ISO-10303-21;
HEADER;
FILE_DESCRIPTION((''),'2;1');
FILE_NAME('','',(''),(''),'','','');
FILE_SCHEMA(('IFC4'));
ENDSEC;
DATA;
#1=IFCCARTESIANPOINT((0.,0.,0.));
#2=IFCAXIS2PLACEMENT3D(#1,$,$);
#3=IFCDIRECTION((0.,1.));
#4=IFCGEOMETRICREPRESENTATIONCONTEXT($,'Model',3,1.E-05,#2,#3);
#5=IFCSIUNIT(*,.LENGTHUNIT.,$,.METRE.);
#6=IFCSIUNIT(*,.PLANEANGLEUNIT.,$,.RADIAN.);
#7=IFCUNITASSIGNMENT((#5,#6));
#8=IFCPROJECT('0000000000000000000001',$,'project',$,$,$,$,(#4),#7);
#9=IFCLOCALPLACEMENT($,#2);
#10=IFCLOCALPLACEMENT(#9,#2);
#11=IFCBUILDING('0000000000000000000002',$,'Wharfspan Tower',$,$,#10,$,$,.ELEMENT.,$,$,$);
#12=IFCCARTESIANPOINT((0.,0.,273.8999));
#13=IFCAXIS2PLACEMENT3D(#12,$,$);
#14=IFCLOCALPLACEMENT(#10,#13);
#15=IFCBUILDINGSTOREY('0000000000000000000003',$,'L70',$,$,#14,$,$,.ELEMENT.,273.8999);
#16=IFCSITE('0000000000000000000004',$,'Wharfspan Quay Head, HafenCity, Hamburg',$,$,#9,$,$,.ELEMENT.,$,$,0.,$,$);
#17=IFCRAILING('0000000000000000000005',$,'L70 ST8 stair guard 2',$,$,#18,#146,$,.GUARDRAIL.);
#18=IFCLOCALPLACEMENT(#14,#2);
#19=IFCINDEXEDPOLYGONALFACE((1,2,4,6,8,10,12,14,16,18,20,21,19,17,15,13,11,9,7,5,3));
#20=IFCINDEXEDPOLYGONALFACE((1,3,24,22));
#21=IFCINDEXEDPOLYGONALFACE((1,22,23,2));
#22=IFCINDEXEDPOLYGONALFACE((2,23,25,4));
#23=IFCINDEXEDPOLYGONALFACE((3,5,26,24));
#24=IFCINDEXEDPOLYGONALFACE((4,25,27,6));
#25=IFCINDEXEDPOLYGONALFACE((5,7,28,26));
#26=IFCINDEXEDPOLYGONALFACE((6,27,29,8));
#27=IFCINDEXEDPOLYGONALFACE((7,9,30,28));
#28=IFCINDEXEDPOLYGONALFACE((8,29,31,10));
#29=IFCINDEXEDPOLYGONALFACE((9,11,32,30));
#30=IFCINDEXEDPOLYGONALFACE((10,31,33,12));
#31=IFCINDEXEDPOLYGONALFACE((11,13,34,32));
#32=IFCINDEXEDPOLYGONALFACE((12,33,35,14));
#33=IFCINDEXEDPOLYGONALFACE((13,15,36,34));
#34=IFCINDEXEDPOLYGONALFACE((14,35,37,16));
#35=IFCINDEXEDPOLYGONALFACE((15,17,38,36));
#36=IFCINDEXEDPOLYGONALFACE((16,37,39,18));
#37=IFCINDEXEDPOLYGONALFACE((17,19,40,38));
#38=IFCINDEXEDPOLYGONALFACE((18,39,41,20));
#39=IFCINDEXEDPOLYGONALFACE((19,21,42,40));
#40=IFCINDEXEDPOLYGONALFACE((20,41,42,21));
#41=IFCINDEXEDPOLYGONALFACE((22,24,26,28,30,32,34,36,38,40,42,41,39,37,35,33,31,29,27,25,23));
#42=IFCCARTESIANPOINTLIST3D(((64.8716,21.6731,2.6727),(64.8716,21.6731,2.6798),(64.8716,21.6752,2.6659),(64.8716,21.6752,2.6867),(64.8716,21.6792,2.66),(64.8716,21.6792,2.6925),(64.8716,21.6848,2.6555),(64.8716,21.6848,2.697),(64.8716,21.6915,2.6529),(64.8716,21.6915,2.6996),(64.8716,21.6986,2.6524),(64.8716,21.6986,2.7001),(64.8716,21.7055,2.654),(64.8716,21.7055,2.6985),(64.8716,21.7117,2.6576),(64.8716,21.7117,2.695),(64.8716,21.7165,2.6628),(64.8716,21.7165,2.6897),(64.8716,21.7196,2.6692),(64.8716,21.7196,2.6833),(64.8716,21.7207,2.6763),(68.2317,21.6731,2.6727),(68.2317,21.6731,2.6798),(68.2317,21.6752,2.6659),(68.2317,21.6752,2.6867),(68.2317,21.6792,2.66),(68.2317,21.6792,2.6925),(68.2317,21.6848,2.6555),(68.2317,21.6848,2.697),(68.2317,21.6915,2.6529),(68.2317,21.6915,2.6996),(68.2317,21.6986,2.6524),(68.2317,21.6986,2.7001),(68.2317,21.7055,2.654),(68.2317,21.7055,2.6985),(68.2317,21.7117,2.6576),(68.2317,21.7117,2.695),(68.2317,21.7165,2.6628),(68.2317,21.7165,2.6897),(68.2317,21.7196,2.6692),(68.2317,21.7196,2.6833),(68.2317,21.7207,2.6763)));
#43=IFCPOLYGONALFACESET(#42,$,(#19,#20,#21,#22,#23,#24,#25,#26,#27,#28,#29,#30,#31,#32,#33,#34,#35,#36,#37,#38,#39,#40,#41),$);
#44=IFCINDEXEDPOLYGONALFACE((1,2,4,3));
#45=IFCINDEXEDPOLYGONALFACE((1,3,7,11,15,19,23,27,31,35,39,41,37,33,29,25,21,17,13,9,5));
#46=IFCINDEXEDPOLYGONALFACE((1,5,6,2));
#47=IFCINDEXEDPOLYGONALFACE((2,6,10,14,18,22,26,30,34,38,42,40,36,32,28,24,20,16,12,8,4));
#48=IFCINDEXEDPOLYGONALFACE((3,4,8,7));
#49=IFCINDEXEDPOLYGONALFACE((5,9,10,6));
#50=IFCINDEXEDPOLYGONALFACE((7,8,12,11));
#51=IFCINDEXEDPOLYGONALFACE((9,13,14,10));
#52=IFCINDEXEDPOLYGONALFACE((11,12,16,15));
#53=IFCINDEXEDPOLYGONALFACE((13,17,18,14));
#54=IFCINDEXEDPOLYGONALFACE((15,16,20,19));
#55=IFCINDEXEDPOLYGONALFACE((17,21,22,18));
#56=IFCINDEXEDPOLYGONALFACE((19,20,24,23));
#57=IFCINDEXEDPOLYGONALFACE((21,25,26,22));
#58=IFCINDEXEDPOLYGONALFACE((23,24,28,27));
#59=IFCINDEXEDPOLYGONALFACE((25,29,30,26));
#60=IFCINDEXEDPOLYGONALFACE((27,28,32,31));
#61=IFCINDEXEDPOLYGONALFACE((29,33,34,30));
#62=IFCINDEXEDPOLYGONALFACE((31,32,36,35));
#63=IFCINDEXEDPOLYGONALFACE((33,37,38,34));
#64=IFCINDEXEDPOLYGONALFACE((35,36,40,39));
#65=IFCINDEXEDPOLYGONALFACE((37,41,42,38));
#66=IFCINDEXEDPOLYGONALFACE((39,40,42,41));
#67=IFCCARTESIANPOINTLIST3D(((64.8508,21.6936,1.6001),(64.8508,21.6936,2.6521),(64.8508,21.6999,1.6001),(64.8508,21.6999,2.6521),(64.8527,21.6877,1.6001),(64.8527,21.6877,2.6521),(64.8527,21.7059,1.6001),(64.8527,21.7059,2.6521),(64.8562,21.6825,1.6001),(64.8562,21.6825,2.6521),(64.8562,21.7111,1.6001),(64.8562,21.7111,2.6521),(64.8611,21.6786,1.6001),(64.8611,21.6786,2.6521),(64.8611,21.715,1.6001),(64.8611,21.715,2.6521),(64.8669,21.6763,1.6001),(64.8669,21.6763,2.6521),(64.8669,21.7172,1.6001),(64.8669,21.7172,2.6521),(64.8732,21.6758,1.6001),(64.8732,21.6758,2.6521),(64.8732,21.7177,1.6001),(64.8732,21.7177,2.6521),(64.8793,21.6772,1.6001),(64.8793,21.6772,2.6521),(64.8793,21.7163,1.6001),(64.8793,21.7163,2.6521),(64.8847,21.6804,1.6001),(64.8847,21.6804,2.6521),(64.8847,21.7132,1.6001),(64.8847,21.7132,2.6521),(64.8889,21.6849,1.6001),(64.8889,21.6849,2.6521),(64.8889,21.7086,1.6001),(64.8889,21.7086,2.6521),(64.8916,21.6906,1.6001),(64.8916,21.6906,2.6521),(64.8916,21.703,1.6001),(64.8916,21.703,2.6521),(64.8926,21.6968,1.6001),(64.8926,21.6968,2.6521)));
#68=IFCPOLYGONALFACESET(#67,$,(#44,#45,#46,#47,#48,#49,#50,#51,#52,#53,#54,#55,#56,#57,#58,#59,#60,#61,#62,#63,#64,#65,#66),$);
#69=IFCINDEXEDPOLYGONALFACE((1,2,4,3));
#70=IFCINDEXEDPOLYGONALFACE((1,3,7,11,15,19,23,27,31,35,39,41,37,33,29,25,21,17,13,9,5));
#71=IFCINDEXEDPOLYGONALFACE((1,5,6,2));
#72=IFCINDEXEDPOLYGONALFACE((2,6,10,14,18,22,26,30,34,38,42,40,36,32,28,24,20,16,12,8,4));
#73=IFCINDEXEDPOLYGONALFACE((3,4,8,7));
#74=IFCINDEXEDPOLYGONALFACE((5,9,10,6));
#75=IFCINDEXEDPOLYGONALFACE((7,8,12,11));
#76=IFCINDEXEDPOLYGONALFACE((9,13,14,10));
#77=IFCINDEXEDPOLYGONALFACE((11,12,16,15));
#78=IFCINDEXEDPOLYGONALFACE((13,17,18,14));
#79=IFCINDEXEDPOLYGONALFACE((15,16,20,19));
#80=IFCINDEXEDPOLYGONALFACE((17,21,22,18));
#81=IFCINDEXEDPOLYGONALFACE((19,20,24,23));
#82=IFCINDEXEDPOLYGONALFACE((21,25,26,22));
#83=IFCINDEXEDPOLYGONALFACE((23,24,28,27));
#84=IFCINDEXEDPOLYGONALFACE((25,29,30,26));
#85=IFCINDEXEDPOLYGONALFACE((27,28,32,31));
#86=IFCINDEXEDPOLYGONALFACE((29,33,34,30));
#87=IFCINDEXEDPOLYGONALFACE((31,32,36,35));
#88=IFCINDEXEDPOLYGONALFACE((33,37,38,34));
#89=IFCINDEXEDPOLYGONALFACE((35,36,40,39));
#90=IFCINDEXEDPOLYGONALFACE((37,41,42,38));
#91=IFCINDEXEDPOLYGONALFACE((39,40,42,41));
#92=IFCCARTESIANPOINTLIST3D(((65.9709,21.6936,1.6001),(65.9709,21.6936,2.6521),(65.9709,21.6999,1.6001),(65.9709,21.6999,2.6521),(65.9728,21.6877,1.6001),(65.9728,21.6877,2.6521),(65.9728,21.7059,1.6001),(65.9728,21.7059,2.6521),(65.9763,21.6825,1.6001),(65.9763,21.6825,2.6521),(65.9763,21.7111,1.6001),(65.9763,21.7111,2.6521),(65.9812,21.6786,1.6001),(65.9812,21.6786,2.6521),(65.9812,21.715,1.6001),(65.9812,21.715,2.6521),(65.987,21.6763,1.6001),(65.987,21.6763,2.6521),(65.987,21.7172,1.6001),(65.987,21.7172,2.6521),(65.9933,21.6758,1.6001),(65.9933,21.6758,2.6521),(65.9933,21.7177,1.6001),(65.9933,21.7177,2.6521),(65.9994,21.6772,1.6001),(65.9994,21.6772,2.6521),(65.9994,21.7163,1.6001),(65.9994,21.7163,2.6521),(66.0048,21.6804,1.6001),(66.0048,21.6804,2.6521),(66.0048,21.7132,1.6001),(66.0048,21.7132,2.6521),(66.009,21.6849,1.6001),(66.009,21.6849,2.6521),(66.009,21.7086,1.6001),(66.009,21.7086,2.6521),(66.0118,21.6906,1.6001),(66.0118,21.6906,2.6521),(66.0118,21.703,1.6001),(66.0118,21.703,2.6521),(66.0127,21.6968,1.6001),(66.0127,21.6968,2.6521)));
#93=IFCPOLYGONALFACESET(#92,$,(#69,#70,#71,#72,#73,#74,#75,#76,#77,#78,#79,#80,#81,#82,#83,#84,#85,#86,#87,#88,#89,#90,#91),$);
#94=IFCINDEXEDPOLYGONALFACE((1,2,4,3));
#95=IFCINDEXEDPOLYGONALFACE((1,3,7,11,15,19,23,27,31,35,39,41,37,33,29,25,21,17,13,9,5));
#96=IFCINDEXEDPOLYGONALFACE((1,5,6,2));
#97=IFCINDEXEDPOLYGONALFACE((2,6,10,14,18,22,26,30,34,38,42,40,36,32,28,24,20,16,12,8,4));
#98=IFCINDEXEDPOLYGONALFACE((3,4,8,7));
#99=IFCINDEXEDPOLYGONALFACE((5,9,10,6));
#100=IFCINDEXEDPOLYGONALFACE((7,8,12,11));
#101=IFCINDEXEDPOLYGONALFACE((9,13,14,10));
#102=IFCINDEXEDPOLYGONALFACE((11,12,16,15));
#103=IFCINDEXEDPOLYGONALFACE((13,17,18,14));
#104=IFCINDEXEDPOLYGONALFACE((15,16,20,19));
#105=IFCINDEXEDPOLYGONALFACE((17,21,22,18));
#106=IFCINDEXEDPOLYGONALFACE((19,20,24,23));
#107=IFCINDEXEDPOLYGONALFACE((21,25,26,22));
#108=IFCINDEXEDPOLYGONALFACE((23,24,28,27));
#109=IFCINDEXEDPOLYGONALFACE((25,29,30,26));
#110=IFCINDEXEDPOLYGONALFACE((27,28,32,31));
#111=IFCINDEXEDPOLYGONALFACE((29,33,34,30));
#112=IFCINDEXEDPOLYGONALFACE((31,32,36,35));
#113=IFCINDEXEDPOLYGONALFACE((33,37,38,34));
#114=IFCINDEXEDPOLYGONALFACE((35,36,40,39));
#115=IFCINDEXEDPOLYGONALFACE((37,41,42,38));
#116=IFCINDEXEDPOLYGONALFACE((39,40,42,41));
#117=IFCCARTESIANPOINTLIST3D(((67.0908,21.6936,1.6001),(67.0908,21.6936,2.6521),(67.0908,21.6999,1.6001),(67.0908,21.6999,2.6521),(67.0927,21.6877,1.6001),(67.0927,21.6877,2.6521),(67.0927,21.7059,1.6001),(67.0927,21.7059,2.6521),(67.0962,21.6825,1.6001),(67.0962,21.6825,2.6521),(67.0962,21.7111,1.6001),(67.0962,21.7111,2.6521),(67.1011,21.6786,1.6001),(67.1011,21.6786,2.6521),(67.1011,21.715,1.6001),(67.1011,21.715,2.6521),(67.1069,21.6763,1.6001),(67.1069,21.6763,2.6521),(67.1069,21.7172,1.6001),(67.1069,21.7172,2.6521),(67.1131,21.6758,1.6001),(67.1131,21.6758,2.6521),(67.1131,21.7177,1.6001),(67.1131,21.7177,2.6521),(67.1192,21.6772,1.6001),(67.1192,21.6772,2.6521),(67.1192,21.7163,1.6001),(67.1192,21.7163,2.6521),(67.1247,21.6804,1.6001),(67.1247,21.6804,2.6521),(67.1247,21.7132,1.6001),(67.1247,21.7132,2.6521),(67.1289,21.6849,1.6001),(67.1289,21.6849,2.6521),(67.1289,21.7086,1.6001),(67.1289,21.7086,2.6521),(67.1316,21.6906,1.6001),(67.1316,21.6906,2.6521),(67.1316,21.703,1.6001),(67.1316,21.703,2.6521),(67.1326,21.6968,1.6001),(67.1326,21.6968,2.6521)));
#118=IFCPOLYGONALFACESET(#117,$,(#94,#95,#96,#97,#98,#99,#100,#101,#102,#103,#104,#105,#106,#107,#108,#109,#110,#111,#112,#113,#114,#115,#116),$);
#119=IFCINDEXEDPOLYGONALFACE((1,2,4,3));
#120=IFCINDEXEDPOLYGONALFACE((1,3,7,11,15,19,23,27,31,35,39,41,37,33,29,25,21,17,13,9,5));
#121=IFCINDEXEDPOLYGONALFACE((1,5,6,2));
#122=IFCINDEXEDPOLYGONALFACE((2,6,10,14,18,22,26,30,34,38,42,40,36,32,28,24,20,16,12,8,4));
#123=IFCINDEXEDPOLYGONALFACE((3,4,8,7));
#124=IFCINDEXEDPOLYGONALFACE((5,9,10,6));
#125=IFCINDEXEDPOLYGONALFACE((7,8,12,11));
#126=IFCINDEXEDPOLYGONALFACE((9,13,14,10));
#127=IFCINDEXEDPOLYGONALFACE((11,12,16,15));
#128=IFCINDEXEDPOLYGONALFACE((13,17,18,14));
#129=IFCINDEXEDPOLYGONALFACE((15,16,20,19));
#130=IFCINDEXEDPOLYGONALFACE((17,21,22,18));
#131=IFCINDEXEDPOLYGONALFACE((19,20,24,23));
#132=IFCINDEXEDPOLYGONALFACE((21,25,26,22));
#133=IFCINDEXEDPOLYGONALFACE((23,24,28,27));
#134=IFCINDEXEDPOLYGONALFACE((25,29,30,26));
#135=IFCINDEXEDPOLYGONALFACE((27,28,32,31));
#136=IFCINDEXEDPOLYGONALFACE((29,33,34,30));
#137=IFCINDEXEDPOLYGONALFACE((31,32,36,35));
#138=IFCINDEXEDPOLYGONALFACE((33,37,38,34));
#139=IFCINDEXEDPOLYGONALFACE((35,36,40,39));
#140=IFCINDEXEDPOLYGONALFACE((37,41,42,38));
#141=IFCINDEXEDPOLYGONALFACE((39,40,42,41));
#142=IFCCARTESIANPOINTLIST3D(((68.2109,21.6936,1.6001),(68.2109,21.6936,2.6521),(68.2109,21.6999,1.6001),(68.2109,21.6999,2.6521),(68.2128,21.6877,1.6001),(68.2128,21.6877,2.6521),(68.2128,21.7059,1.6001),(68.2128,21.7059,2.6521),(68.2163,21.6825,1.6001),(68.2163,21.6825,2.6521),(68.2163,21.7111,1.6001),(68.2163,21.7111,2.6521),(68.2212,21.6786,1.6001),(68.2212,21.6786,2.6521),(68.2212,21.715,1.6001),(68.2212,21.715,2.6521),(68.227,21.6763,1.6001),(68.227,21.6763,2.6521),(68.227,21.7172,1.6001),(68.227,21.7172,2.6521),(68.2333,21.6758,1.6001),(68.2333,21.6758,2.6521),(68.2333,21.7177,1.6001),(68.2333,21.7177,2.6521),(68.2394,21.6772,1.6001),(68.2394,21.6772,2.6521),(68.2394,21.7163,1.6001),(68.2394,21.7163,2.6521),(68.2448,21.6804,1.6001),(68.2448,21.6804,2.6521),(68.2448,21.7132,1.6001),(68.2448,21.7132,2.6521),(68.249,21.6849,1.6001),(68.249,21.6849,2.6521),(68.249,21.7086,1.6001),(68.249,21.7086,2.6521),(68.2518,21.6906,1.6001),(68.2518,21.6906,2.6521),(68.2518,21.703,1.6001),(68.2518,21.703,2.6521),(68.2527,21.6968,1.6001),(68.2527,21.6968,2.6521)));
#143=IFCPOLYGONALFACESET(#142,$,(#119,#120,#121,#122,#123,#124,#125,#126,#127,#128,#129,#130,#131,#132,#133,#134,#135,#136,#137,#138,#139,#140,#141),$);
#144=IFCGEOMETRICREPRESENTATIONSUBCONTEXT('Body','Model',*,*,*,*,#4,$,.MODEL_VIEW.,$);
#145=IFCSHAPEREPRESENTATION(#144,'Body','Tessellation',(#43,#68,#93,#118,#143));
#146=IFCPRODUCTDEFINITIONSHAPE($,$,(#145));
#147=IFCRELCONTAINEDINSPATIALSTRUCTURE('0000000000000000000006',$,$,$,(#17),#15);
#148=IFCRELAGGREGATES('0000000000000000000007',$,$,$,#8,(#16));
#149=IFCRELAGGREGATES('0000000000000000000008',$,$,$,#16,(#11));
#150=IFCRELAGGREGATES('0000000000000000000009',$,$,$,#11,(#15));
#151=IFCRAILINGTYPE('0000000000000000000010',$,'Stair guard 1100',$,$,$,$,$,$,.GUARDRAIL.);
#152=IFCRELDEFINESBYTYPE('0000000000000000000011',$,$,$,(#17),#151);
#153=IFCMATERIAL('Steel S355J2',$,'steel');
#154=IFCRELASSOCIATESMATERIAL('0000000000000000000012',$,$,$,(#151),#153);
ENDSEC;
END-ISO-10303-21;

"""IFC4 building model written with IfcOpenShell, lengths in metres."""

from ifc_helpers import new_model, si_unit, direction, frame, origin, origin_2d, place, context, subcontext, project, spatial, circle, extrude, material, type_object, element, save


model = new_model("IFC4")

# Units and contexts
model_context = context("Model", 3, precision=1e-05, world=origin(), true_north=direction((0.0, 1.0)))
body_context = subcontext(model_context, "Body", "Model", "MODEL_VIEW")
ifc_project = project(units=[si_unit("LENGTHUNIT", "METRE"), si_unit("PLANEANGLEUNIT", "RADIAN")], contexts=[model_context])

# Site, building, storey
site_placement = place(None, origin())
site = spatial("IfcSite", under=ifc_project, at=site_placement, Name="Wharfspan Quay Head, HafenCity, Hamburg", CompositionType="ELEMENT", RefElevation=0.0)
building_placement = place(site_placement, origin())
building = spatial("IfcBuilding", under=site, at=building_placement, Name="Wharfspan Tower", CompositionType="ELEMENT")
storey_placement = place(building_placement, frame((0.0, 0.0, 273.8999)))
storey = spatial("IfcBuildingStorey", under=building, at=storey_placement, Name="L70", CompositionType="ELEMENT", Elevation=273.8999)

# Shared definitions
ifc_material_1 = material(Name="Steel S355J2", Category="steel")

# Railing
railing_type_1 = type_object("IfcRailingType", Name="Stair guard 1100", PredefinedType="GUARDRAIL", material=ifc_material_1)
for number, where, name in (
    (1, (64.8716, 21.6968, 1.6001), "L70 ST8 stair guard 2"),
):
    element("IfcRailing", number, at=place(storey_placement, frame(where)), inside=storey, type_object=railing_type_1, Name=name, PredefinedType="GUARDRAIL", context=body_context, shape_type="SweptSolid", body=[
        extrude(circle(Radius=0.0239, at=origin_2d()), frame((0.0, 0.0, 1.0762), z_axis=(1.0, 0.0, 0.0), x_axis=(0.0, 1.0, 0.0)), (0.0, 0.0, 1.0), 3.3601),
        extrude(circle(Radius=0.021, at=origin_2d()), origin(), (0.0, 0.0, 1.0), 1.052),
        extrude(circle(Radius=0.021, at=origin_2d()), frame((1.1201, 0.0, 0.0)), (0.0, 0.0, 1.0), 1.052),
        extrude(circle(Radius=0.021, at=origin_2d()), frame((2.24, 0.0, 0.0)), (0.0, 0.0, 1.0), 1.052),
        extrude(circle(Radius=0.021, at=origin_2d()), frame((3.3601, 0.0, 0.0)), (0.0, 0.0, 1.0), 1.052),
    ])

save(model, "model.ifc")
